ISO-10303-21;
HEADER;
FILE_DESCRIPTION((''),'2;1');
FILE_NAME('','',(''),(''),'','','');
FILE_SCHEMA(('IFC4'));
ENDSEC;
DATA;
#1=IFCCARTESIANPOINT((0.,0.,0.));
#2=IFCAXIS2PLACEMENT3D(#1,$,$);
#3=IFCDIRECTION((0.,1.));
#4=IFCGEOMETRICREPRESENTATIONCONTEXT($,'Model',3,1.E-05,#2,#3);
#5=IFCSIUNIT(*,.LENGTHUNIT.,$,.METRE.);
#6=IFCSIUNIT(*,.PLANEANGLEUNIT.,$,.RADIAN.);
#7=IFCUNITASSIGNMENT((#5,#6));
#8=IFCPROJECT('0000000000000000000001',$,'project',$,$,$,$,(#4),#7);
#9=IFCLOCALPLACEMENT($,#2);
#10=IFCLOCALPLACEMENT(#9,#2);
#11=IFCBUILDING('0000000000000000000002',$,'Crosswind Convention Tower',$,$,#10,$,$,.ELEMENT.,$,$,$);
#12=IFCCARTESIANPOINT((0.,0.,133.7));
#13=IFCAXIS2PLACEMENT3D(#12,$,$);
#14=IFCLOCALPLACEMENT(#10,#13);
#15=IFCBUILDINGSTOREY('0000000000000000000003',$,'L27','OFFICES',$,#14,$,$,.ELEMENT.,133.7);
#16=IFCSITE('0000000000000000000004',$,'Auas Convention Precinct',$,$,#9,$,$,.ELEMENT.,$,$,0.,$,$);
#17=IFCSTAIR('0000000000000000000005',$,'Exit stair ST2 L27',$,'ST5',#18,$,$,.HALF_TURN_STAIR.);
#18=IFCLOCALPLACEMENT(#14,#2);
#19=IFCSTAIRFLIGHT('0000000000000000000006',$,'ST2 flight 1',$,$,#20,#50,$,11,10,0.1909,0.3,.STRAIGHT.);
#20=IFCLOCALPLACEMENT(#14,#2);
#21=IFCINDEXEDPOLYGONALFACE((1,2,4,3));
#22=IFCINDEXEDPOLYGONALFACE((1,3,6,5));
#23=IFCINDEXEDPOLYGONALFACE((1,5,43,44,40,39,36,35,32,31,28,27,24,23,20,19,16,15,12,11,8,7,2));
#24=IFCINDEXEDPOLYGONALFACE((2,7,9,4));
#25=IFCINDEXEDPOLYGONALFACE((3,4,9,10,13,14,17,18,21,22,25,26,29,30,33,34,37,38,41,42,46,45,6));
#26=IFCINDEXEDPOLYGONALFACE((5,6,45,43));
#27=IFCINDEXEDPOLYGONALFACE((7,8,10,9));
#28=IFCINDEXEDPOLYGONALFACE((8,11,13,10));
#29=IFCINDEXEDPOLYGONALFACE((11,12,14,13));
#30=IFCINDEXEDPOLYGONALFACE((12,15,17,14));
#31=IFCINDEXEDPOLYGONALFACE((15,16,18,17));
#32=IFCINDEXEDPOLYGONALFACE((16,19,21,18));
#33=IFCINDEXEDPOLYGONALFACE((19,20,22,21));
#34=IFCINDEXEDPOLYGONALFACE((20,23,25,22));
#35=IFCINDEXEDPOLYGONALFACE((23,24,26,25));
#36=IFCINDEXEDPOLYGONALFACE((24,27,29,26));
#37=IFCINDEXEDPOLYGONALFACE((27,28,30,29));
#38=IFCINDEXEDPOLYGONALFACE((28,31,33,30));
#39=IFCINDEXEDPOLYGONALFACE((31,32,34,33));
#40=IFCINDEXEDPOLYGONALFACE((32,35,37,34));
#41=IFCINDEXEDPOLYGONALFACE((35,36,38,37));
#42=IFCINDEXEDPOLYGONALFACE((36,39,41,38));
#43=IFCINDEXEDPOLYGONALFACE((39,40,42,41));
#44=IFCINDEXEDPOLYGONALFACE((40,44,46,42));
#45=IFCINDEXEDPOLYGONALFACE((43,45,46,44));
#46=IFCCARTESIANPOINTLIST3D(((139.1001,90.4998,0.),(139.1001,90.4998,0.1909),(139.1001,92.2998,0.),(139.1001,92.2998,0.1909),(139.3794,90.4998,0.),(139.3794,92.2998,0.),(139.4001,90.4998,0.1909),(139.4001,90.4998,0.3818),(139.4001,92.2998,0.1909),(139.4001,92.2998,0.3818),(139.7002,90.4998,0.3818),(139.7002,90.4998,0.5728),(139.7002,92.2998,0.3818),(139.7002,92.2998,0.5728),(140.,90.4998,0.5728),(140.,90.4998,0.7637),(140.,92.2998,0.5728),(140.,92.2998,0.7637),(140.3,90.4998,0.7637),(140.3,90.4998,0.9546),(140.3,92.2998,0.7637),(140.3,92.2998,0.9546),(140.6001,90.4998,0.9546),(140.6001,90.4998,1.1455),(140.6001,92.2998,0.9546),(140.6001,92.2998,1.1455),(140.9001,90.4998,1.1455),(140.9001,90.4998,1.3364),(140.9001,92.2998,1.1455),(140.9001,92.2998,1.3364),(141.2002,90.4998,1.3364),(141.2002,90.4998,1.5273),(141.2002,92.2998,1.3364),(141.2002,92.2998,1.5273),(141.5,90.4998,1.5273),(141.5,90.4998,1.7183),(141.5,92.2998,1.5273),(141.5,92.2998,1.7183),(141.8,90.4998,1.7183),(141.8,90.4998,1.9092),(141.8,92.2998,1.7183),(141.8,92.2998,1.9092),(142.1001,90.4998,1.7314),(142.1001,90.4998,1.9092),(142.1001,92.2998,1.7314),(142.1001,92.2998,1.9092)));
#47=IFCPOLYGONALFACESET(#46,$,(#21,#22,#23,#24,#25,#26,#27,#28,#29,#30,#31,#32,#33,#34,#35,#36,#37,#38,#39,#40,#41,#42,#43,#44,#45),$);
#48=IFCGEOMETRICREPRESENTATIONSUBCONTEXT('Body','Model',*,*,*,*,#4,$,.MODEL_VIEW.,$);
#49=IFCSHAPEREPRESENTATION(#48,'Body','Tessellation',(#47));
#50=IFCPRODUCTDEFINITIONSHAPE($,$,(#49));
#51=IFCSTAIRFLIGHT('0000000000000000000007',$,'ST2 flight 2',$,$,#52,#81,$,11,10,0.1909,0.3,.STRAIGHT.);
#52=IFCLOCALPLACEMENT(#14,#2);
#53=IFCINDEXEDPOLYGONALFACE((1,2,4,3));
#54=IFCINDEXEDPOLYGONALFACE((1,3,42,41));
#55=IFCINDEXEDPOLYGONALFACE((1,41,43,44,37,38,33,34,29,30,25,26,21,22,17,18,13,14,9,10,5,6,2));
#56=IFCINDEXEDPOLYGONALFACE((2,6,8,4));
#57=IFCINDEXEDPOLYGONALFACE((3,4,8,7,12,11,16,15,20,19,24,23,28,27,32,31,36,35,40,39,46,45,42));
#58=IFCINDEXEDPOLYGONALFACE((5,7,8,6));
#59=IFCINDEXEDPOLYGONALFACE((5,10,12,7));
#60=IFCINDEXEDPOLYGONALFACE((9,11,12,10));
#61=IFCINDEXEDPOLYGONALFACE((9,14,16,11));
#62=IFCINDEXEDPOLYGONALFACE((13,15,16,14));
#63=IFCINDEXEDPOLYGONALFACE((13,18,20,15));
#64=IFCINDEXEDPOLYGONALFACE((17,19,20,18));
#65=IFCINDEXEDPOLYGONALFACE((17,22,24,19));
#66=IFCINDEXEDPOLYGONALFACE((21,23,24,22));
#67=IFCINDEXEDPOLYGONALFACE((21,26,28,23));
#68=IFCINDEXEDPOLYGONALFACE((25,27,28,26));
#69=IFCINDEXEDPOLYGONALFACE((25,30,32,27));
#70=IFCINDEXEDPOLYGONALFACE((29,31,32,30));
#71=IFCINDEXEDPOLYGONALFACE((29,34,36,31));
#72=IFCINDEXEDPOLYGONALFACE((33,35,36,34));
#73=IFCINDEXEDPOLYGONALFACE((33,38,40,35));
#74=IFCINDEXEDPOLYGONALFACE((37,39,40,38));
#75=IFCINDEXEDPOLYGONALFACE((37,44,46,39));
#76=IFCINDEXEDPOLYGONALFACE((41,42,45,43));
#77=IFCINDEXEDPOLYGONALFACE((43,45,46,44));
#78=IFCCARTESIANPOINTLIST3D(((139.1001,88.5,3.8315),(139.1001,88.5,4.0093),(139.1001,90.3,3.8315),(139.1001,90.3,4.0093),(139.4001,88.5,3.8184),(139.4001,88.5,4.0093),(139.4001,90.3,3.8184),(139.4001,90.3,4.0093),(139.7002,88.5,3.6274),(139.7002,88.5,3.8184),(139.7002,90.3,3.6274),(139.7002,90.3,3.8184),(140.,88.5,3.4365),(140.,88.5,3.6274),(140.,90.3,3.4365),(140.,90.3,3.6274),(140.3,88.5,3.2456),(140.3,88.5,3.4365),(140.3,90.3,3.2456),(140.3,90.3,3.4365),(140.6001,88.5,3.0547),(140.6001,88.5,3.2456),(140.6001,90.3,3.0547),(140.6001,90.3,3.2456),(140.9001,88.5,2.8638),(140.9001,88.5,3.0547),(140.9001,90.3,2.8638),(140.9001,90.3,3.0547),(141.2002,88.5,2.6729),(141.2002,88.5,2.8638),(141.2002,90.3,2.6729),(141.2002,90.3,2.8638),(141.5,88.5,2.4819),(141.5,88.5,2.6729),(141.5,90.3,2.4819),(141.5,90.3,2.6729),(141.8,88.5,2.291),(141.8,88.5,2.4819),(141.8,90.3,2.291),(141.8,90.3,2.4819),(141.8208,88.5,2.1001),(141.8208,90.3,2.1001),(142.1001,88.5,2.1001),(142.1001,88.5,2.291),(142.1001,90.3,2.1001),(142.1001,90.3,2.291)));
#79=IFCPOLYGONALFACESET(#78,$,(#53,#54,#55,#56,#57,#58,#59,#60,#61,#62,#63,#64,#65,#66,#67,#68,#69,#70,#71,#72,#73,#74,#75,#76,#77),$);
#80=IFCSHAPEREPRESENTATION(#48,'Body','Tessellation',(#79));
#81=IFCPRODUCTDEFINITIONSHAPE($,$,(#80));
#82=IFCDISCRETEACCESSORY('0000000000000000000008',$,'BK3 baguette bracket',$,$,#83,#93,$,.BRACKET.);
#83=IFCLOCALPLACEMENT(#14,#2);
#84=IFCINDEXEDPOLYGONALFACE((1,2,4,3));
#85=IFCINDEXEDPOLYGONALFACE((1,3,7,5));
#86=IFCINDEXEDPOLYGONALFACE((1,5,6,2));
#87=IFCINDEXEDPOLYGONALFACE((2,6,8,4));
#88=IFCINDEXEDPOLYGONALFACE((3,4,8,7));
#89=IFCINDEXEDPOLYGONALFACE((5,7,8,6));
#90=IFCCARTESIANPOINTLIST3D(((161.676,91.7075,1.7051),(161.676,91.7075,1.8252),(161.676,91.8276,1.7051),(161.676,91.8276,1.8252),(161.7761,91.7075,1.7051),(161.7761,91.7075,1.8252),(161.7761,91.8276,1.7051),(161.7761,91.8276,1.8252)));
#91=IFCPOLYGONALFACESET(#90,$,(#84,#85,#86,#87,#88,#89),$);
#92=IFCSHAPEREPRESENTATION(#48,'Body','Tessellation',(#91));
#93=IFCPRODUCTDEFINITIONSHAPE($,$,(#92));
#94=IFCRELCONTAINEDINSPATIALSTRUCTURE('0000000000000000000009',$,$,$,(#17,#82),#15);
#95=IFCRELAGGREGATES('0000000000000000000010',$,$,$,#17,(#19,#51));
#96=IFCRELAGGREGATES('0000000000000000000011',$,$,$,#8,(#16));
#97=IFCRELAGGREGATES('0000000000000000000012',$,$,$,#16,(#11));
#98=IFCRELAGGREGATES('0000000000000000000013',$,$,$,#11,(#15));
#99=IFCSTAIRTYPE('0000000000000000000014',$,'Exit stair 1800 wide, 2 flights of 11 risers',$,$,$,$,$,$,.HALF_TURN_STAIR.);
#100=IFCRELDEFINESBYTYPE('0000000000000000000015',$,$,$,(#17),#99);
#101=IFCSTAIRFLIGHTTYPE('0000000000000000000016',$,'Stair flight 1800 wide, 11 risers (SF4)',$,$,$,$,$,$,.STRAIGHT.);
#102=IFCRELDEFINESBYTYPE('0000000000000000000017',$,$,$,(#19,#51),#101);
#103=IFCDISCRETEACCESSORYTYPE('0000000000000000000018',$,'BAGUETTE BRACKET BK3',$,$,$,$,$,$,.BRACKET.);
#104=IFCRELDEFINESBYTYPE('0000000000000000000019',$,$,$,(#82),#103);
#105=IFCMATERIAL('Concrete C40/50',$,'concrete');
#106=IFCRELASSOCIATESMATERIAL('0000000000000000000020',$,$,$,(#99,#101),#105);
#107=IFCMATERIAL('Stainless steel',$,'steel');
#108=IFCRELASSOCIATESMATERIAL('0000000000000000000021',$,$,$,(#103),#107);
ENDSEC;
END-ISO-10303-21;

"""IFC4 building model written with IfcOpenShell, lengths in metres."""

from ifc_helpers import new_model, si_unit, direction, frame, origin, origin_2d, place, context, subcontext, project, spatial, polyline, rectangle, outline, extrude, material, type_object, element, aggregate, save


model = new_model("IFC4")

# Units and contexts
model_context = context("Model", 3, precision=1e-05, world=origin(), true_north=direction((0.0, 1.0)))
body_context = subcontext(model_context, "Body", "Model", "MODEL_VIEW")
ifc_project = project(units=[si_unit("LENGTHUNIT", "METRE"), si_unit("PLANEANGLEUNIT", "RADIAN")], contexts=[model_context])

# Site, building, storey
site_placement = place(None, origin())
site = spatial("IfcSite", under=ifc_project, at=site_placement, Name="Auas Convention Precinct", CompositionType="ELEMENT", RefElevation=0.0)
building_placement = place(site_placement, origin())
building = spatial("IfcBuilding", under=site, at=building_placement, Name="Crosswind Convention Tower", CompositionType="ELEMENT")
storey_placement = place(building_placement, frame((0.0, 0.0, 133.7)))
storey = spatial("IfcBuildingStorey", under=building, at=storey_placement, Name="L27", Description="OFFICES", CompositionType="ELEMENT", Elevation=133.7)

# Stair, stair flights
ifc_material_1 = material(Name="Concrete C40/50", Category="concrete")
stair_type = type_object("IfcStairType", Name="Exit stair 1800 wide, 2 flights of 11 risers", PredefinedType="HALF_TURN_STAIR", material=ifc_material_1)
stair_placement = place(storey_placement, origin())
stair = element("IfcStair", 1, at=stair_placement, inside=storey, type_object=stair_type, Name="Exit stair ST2 L27", ObjectType="ST5", PredefinedType="HALF_TURN_STAIR")
stair_flight_type = type_object("IfcStairFlightType", Name="Stair flight 1800 wide, 11 risers (SF4)", PredefinedType="STRAIGHT", material=ifc_material_1)
stair_flight_1_placement = place(storey_placement, frame((139.1001, 91.3999, 0.0), z_axis=(0.0, 0.0, 1.0), x_axis=(1.0, 0.0, 0.0)))
stair_flight_1 = element("IfcStairFlight", 2, at=stair_flight_1_placement, type_object=stair_flight_type, Name="ST2 flight 1", NumberOfRisers=11, NumberOfTreads=10, PredefinedType="STRAIGHT", RiserHeight=0.1909, TreadLength=0.3, context=body_context, shape_type="SweptSolid", body=[
    extrude(outline(polyline([(0.0, 0.0), (0.0, 0.1909), (0.3, 0.1909), (0.3, 0.3818), (0.6001, 0.3818), (0.6001, 0.5728), (0.8999, 0.5728), (0.8999, 0.7637), (1.2, 0.7637), (1.2, 0.9546), (1.5, 0.9546), (1.5, 1.1455), (1.8, 1.1455), (1.8, 1.3364), (2.1001, 1.3364), (2.1001, 1.5273), (2.3999, 1.5273), (2.3999, 1.7183), (2.7, 1.7183), (2.7, 1.9092), (3.0, 1.9092), (3.0, 2.1001), (3.0, 1.7314), (0.2793, 0.0), (0.0, 0.0)])), frame((0.0, 0.8999, 0.0), z_axis=(0.0, -1.0, 0.0), x_axis=(1.0, 0.0, 0.0)), (0.0, 0.0, 1.0), 1.8),
])
stair_flight_2_placement = place(storey_placement, frame((142.1001, 89.3999, 2.1001), z_axis=(0.0, 0.0, 1.0), x_axis=(-1.0, 0.0, 0.0)))
stair_flight_2 = element("IfcStairFlight", 3, at=stair_flight_2_placement, type_object=stair_flight_type, Name="ST2 flight 2", NumberOfRisers=11, NumberOfTreads=10, PredefinedType="STRAIGHT", RiserHeight=0.1909, TreadLength=0.3, context=body_context, shape_type="SweptSolid", body=[
    extrude(outline(polyline([(0.0, 0.0), (0.0, 0.1909), (0.3, 0.1909), (0.3, 0.3818), (0.6001, 0.3818), (0.6001, 0.5728), (0.8999, 0.5728), (0.8999, 0.7637), (1.2, 0.7637), (1.2, 0.9546), (1.5, 0.9546), (1.5, 1.1455), (1.8, 1.1455), (1.8, 1.3364), (2.1001, 1.3364), (2.1001, 1.5273), (2.3999, 1.5273), (2.3999, 1.7183), (2.7, 1.7183), (2.7, 1.9092), (3.0, 1.9092), (3.0, 2.1001), (3.0, 1.7314), (0.2793, 0.0), (0.0, 0.0)])), frame((0.0, 0.8999, 0.0), z_axis=(0.0, -1.0, 0.0), x_axis=(1.0, 0.0, 0.0)), (0.0, 0.0, 1.0), 1.8),
])
aggregate(stair, [stair_flight_1, stair_flight_2])

# Shared definitions
ifc_material_2 = material(Name="Stainless steel", Category="steel")

# Discrete accessory
discrete_accessory_type = type_object("IfcDiscreteAccessoryType", Name="BAGUETTE BRACKET BK3", PredefinedType="BRACKET", material=ifc_material_2)
discrete_accessory_placement = place(storey_placement, frame((161.7261, 91.7676, 1.7051), z_axis=(0.0, 0.0, 1.0), x_axis=(0.0, 1.0, 0.0)))
element("IfcDiscreteAccessory", 4, at=discrete_accessory_placement, inside=storey, type_object=discrete_accessory_type, Name="BK3 baguette bracket", PredefinedType="BRACKET", context=body_context, shape_type="SweptSolid", body=[
    extrude(rectangle(XDim=0.1201, YDim=0.1001, at=origin_2d()), origin(), (0.0, 0.0, 1.0), 0.1201),
])

save(model, "model.ifc")
